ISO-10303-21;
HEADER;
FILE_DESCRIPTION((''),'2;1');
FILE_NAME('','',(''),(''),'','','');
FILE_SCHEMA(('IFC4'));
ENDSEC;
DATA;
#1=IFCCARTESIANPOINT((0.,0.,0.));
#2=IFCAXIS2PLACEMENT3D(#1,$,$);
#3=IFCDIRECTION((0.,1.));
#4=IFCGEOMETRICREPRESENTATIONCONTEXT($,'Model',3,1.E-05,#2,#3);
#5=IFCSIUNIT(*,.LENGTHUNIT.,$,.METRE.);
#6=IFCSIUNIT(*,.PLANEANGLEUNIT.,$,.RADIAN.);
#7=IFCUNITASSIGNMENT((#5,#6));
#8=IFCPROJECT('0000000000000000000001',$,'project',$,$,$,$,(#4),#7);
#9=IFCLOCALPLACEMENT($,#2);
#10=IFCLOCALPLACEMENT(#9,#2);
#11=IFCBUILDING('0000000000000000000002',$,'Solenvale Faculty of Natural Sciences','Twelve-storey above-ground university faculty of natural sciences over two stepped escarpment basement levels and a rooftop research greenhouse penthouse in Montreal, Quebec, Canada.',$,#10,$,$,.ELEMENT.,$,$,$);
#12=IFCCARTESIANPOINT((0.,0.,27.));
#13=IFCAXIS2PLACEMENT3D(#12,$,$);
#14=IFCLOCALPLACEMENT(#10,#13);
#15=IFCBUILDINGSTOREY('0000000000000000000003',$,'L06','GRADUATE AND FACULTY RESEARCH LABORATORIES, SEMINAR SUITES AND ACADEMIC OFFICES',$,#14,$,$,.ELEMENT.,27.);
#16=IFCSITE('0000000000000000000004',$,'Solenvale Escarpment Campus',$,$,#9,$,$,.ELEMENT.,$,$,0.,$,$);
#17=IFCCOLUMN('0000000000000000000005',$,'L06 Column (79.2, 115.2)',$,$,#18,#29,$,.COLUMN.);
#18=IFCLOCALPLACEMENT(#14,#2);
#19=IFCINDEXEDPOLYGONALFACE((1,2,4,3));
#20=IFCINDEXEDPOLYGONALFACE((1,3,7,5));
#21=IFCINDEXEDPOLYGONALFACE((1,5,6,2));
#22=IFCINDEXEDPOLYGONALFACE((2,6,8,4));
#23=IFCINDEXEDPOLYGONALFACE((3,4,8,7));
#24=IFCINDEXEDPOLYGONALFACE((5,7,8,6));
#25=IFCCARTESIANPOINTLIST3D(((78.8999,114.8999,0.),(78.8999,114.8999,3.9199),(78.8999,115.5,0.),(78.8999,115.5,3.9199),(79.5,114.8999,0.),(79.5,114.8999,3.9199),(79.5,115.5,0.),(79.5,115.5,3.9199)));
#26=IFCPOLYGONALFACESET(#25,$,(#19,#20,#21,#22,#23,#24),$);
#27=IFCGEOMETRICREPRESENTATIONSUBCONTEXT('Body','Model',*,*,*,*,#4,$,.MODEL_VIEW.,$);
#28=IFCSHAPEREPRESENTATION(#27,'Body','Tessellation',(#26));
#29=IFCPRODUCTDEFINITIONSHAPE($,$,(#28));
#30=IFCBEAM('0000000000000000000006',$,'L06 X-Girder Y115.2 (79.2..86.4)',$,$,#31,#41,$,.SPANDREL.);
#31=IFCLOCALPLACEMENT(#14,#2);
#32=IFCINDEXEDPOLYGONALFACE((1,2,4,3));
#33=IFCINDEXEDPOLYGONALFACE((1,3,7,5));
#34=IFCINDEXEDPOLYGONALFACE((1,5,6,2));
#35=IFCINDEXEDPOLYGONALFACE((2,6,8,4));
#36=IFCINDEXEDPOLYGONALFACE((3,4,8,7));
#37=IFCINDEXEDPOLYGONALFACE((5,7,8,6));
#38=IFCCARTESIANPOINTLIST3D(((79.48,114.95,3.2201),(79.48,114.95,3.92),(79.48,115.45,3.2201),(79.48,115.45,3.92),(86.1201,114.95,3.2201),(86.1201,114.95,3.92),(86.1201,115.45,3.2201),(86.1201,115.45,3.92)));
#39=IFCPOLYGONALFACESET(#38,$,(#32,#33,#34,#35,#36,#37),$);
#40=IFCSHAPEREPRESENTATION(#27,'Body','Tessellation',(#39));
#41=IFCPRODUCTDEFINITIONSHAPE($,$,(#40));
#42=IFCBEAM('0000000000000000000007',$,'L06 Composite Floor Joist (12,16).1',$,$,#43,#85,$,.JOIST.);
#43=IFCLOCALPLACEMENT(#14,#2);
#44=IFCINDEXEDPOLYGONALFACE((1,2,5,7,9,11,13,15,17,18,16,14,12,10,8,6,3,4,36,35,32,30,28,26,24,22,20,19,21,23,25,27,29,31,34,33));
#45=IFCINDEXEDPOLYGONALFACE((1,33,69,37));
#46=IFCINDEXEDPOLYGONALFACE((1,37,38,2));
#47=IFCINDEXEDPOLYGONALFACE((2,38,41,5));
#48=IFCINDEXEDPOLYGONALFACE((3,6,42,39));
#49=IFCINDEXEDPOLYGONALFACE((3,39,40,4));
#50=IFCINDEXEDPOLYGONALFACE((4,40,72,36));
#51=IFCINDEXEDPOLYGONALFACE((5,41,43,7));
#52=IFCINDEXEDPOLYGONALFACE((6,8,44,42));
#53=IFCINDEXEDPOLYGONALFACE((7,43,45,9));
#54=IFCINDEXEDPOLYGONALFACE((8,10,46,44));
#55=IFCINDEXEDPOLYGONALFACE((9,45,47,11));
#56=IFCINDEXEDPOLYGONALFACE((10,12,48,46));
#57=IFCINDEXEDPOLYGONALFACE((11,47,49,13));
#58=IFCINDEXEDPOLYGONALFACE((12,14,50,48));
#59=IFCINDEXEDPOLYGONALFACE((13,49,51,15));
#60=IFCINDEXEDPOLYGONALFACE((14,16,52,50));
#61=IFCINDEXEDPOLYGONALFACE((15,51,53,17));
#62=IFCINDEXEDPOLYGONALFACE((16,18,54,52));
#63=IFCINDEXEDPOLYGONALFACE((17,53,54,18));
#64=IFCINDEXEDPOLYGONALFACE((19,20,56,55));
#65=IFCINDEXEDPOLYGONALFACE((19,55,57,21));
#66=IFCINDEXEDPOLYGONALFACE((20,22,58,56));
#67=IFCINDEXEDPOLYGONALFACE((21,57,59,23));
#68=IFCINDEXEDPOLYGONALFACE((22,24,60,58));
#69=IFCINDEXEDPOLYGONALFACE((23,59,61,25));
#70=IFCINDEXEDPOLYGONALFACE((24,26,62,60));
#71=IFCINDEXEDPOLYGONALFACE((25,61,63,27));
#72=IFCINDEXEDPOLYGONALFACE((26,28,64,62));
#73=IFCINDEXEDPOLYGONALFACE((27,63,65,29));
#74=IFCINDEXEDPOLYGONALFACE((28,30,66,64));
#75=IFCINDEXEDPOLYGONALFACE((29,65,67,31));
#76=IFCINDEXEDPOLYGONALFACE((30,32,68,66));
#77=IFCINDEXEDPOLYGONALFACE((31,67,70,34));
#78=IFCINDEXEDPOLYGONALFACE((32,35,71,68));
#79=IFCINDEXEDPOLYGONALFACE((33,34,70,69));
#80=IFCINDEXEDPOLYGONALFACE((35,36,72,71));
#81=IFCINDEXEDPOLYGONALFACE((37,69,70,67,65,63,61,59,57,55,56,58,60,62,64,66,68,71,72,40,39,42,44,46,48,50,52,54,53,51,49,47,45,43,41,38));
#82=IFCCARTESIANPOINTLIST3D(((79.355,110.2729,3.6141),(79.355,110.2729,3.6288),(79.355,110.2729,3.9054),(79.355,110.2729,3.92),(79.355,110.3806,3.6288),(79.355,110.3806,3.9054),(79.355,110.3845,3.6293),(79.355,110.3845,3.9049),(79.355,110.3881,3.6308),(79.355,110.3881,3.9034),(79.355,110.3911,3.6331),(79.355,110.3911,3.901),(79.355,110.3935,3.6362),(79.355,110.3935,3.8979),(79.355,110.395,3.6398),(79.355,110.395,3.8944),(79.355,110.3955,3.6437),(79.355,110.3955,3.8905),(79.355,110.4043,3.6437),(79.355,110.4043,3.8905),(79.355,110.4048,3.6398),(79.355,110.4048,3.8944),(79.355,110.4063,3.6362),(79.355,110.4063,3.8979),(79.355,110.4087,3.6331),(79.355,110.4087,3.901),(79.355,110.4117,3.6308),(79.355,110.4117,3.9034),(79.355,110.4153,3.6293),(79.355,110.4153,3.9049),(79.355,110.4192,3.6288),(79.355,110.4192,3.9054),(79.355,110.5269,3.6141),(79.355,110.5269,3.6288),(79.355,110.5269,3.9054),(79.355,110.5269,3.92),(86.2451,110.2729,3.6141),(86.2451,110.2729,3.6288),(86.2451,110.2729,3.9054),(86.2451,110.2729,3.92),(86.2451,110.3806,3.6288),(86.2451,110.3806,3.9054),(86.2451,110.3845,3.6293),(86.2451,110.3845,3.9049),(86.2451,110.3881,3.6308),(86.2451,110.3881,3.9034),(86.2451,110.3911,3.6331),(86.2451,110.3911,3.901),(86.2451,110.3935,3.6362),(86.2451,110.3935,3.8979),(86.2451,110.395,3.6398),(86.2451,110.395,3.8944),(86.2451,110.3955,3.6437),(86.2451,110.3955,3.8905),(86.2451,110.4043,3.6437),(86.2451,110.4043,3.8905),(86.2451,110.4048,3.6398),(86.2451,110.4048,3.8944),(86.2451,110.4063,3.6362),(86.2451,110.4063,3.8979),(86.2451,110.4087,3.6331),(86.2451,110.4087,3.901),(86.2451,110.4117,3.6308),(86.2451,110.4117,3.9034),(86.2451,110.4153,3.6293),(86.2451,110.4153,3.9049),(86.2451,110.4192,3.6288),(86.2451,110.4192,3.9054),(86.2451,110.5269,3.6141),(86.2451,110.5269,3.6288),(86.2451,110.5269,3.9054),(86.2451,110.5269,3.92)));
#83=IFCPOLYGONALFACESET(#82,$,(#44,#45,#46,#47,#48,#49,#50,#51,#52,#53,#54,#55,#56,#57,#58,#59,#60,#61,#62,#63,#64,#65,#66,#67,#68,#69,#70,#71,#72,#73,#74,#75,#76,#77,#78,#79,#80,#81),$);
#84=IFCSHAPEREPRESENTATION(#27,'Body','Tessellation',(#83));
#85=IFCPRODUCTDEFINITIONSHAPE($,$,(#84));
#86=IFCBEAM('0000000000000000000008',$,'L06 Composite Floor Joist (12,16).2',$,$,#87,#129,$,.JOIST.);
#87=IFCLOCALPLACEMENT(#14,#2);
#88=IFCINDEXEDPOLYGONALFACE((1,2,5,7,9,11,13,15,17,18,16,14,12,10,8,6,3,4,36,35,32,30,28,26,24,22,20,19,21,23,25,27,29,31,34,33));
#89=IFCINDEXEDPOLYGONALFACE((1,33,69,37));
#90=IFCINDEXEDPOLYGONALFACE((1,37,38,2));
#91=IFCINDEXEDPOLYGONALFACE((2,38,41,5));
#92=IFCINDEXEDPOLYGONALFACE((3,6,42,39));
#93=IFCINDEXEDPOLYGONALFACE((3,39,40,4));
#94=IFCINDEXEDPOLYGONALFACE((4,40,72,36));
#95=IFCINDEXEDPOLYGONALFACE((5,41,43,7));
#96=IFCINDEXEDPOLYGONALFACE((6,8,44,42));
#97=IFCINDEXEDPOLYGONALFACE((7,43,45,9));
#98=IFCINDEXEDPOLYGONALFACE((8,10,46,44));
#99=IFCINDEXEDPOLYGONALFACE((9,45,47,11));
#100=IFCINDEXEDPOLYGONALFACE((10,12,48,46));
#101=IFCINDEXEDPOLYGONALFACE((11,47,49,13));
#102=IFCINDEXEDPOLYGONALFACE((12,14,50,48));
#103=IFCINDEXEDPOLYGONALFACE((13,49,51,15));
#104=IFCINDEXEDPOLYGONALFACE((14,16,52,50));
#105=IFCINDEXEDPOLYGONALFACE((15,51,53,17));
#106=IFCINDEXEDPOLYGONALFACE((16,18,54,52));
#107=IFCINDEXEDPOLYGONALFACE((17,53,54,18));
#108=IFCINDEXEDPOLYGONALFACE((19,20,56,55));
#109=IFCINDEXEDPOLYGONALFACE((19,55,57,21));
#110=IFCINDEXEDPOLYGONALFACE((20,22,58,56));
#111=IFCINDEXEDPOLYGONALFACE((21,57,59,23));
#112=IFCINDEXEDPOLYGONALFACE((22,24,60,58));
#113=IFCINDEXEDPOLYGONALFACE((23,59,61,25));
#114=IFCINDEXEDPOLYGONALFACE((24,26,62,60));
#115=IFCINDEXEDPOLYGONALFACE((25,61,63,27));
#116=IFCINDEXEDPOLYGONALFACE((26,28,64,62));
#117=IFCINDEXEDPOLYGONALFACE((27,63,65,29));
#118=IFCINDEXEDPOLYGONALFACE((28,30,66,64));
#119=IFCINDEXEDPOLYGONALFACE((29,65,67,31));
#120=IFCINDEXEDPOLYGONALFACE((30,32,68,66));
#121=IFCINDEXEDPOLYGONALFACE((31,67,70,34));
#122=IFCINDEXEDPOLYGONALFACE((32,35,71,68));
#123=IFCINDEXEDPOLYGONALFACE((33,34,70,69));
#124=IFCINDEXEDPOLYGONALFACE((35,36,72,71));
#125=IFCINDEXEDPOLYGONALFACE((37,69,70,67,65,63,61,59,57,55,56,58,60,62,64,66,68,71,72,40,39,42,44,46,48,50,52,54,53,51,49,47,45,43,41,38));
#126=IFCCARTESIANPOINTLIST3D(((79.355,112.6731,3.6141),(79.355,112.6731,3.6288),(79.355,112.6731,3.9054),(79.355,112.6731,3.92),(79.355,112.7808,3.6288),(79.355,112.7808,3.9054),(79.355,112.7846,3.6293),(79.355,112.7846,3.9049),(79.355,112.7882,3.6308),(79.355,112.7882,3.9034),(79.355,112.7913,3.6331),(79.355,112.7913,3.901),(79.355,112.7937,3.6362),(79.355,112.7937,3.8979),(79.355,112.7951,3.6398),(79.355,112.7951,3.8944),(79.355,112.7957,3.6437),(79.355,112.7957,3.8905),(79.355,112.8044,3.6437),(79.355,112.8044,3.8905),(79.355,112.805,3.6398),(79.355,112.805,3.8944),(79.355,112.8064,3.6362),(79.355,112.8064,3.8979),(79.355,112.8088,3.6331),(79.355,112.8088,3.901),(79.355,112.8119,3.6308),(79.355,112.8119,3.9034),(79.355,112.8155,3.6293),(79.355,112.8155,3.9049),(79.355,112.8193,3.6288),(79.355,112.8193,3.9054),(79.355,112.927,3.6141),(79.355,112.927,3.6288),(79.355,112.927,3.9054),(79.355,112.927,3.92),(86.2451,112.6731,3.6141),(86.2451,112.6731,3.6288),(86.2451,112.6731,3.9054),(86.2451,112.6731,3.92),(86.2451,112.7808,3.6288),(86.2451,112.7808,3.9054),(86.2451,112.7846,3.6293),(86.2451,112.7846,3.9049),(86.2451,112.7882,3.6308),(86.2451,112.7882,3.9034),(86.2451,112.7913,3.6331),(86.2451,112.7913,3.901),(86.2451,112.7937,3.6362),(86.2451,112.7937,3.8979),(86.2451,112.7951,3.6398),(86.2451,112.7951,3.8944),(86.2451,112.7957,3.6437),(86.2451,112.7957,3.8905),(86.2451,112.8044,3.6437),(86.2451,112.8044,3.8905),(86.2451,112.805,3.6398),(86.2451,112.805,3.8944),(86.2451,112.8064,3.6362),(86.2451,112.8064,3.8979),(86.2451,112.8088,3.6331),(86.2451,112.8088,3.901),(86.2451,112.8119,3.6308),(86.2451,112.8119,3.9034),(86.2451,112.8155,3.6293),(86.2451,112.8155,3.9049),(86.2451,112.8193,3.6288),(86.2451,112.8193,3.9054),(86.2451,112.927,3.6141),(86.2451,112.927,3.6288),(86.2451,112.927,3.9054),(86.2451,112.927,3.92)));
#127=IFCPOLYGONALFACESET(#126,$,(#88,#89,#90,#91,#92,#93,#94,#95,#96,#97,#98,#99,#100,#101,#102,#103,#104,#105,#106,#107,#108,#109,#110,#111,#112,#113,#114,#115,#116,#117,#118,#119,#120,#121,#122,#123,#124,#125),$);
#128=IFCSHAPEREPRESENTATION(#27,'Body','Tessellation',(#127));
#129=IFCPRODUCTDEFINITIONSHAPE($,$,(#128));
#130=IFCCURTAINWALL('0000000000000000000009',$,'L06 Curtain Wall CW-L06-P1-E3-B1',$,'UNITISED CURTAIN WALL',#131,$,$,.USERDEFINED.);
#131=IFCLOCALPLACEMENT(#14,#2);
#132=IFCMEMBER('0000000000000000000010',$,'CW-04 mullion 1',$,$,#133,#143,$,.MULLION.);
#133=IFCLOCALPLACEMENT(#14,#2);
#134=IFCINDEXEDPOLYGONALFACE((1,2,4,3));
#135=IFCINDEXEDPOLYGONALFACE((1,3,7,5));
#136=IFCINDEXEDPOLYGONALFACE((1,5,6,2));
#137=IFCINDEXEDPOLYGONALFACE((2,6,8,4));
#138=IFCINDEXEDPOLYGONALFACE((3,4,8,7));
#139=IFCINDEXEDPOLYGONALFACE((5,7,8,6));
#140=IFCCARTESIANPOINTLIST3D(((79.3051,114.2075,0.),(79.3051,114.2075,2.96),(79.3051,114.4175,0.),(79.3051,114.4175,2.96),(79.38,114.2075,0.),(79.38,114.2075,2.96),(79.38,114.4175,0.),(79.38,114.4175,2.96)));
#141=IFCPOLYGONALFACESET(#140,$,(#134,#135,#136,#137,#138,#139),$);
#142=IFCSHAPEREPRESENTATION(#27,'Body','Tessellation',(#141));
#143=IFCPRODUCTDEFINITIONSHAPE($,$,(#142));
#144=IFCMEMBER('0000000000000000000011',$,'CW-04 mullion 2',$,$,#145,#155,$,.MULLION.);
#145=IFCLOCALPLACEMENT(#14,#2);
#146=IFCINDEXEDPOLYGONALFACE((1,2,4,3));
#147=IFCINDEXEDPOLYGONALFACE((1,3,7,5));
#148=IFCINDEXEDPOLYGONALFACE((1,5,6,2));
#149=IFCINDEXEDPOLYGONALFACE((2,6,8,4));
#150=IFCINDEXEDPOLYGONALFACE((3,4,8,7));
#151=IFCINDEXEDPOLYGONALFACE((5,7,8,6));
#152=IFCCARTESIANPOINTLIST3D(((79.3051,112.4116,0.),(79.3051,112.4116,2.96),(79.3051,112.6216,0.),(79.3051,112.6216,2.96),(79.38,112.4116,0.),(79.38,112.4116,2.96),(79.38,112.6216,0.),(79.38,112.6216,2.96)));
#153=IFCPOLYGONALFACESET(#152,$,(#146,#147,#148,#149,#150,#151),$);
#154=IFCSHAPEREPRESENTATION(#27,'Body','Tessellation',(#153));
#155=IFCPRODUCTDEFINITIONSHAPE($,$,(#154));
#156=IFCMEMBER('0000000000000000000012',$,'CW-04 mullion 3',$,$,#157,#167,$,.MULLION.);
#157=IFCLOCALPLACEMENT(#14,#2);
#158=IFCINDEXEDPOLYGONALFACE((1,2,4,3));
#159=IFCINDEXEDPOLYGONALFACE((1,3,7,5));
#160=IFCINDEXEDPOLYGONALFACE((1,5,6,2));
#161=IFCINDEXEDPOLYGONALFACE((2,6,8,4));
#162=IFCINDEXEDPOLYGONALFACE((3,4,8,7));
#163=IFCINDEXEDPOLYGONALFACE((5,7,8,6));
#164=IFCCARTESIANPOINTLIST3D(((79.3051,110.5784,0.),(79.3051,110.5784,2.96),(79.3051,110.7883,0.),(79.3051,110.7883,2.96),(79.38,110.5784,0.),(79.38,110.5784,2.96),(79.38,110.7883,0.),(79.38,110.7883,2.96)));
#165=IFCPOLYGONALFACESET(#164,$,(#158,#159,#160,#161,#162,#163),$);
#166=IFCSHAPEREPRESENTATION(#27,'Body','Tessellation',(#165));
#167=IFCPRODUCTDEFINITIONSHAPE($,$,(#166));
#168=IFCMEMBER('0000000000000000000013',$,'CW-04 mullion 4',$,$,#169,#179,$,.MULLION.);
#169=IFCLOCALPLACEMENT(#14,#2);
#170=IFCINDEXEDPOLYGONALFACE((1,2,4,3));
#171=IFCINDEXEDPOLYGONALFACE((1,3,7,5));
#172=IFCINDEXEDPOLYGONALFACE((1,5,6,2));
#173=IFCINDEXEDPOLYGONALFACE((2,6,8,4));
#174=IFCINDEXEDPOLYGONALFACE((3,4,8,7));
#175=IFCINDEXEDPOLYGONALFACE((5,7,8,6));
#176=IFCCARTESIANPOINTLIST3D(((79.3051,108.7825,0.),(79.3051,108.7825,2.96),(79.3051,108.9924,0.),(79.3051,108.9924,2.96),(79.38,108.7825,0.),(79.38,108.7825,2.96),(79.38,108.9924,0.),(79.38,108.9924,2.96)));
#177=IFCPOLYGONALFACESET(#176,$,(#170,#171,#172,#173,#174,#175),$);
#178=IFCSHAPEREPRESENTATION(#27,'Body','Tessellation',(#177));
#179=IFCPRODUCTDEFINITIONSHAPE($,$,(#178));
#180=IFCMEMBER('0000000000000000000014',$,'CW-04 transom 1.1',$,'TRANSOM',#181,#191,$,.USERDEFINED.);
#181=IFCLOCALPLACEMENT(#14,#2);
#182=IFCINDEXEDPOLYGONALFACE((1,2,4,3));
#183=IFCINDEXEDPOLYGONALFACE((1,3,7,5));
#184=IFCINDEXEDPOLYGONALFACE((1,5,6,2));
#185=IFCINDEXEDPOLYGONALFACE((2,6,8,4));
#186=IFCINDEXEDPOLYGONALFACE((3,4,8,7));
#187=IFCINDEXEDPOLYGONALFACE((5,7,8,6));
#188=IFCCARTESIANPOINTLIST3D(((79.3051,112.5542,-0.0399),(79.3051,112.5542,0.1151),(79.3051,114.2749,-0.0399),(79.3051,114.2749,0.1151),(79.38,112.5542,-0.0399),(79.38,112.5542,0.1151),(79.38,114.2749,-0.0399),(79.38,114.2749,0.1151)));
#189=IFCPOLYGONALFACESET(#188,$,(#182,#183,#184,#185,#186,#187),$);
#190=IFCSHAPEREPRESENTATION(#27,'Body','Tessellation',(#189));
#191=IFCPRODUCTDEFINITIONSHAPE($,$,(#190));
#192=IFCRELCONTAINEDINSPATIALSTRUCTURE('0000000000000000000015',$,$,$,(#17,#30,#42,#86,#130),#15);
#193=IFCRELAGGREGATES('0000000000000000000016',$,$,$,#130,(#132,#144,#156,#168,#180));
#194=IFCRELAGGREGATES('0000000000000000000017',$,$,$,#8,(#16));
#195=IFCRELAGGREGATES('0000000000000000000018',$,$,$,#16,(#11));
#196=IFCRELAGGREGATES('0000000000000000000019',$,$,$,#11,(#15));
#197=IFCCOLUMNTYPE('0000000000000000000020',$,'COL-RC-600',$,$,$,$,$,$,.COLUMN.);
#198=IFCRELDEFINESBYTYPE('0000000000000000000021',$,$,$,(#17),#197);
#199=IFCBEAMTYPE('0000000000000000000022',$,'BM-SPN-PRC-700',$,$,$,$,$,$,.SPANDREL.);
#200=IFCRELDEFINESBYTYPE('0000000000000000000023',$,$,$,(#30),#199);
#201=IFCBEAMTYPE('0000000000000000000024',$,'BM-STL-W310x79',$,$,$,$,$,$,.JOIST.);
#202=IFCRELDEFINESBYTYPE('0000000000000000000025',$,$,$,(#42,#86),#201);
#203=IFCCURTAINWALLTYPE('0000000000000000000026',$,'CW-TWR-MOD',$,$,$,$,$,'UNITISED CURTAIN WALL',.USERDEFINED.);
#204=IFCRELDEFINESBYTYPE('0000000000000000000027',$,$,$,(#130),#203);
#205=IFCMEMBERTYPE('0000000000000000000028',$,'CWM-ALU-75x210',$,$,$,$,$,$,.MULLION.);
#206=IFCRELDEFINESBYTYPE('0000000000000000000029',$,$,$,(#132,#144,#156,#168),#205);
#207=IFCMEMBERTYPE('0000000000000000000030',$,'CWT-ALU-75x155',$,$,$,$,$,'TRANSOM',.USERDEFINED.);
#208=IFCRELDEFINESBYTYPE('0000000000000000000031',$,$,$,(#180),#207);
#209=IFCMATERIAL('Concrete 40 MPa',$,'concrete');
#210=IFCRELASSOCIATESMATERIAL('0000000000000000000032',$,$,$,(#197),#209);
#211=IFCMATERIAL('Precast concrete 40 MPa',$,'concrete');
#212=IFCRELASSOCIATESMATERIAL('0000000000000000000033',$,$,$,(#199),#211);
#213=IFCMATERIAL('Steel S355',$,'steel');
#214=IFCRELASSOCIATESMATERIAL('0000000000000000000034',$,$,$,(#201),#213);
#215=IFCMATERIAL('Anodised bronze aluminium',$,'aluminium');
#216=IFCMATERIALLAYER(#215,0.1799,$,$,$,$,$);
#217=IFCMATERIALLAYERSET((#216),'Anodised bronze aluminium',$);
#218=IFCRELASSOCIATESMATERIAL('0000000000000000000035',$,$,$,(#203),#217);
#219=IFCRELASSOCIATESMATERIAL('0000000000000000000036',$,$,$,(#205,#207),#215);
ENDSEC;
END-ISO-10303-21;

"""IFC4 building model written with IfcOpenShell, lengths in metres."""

from ifc_helpers import new_model, si_unit, direction, frame, origin, origin_2d, place, context, subcontext, project, spatial, rectangle, i_section, extrude, material, layer, layer_set, material_profile, profile_set, type_object, element, aggregate, save


model = new_model("IFC4")

# Units and contexts
model_context = context("Model", 3, precision=1e-05, world=origin(), true_north=direction((0.0, 1.0)))
body_context = subcontext(model_context, "Body", "Model", "MODEL_VIEW")
ifc_project = project(units=[si_unit("LENGTHUNIT", "METRE"), si_unit("PLANEANGLEUNIT", "RADIAN")], contexts=[model_context])

# Site, building, storey
site_placement = place(None, origin())
site = spatial("IfcSite", under=ifc_project, at=site_placement, Name="Solenvale Escarpment Campus", CompositionType="ELEMENT", RefElevation=0.0)
building_placement = place(site_placement, origin())
building = spatial("IfcBuilding", under=site, at=building_placement, Name="Solenvale Faculty of Natural Sciences", Description="Twelve-storey above-ground university faculty of natural sciences over two stepped escarpment basement levels and a rooftop research greenhouse penthouse in Montreal, Quebec, Canada.", CompositionType="ELEMENT")
storey_placement = place(building_placement, frame((0.0, 0.0, 27.0)))
storey = spatial("IfcBuildingStorey", under=building, at=storey_placement, Name="L06", Description="GRADUATE AND FACULTY RESEARCH LABORATORIES, SEMINAR SUITES AND ACADEMIC OFFICES", CompositionType="ELEMENT", Elevation=27.0)

# Column
ifc_material_1 = material(Name="Concrete 40 MPa", Category="concrete")
ifc_material_profile_1 = material_profile(ifc_material_1, rectangle(XDim=0.6001, YDim=0.6001, at=origin_2d()), Name="RC-COL-600x600")
ifc_profile_set_1 = profile_set([ifc_material_profile_1], Name="Concrete 40 MPa")
column_type = type_object("IfcColumnType", Name="COL-RC-600", PredefinedType="COLUMN", material=ifc_profile_set_1)
column_placement = place(storey_placement, frame((79.2, 115.2, 0.0), z_axis=(0.0, 0.0, 1.0), x_axis=(1.0, 0.0, 0.0)))
element("IfcColumn", 1, at=column_placement, inside=storey, type_object=column_type, Name="L06 Column (79.2, 115.2)", PredefinedType="COLUMN", context=body_context, shape_type="SweptSolid", body=[
    extrude(rectangle(XDim=0.6001, YDim=0.6001, at=origin_2d()), origin(), (0.0, 0.0, 1.0), 3.9199),
])

# Beams
ifc_material_2 = material(Name="Precast concrete 40 MPa", Category="concrete")
ifc_material_profile_2 = material_profile(ifc_material_2, rectangle(XDim=0.5, YDim=0.7, at=origin_2d()), Name="RC-BM-500x700")
ifc_profile_set_2 = profile_set([ifc_material_profile_2], Name="Precast concrete 40 MPa")
beam_type_1 = type_object("IfcBeamType", Name="BM-SPN-PRC-700", PredefinedType="SPANDREL", material=ifc_profile_set_2)
beam_placement = place(storey_placement, frame((79.48, 115.2, 3.5701), z_axis=(1.0, 0.0, 0.0), x_axis=(0.0, 1.0, 0.0)))
element("IfcBeam", 2, at=beam_placement, inside=storey, type_object=beam_type_1, Name="L06 X-Girder Y115.2 (79.2..86.4)", PredefinedType="SPANDREL", context=body_context, shape_type="SweptSolid", body=[
    extrude(rectangle(XDim=0.5, YDim=0.7, at=origin_2d()), origin(), (0.0, 0.0, 1.0), 6.6401),
])
ifc_material_3 = material(Name="Steel S355", Category="steel")
ifc_material_profile_3 = material_profile(ifc_material_3, i_section(OverallWidth=0.2539, OverallDepth=0.3059, WebThickness=0.0088, FlangeThickness=0.0146, FilletRadius=0.0149, at=origin_2d()), Name="W310x79")
ifc_profile_set_3 = profile_set([ifc_material_profile_3], Name="Steel S355")
beam_type_2 = type_object("IfcBeamType", Name="BM-STL-W310x79", PredefinedType="JOIST", material=ifc_profile_set_3)
for number, where, z_axis, x_axis, name in (
    (3, (79.355, 110.3999, 3.7671), (1.0, 0.0, 0.0), (0.0, 1.0, 0.0), "L06 Composite Floor Joist (12,16).1"),
    (4, (79.355, 112.8, 3.7671), (1.0, 0.0, 0.0), (0.0, 1.0, 0.0), "L06 Composite Floor Joist (12,16).2"),
):
    element("IfcBeam", number, at=place(storey_placement, frame(where, z_axis=z_axis, x_axis=x_axis)), inside=storey, type_object=beam_type_2, Name=name, PredefinedType="JOIST", context=body_context, shape_type="SweptSolid", body=[
        extrude(i_section(OverallWidth=0.2539, OverallDepth=0.3059, WebThickness=0.0088, FlangeThickness=0.0146, FilletRadius=0.0149, at=origin_2d()), origin(), (0.0, 0.0, 1.0), 6.8901),
    ])

# Curtain wall, members
ifc_material_4 = material(Name="Anodised bronze aluminium", Category="aluminium")
ifc_layer_1 = layer(ifc_material_4, 0.1799)
ifc_layer_set_1 = layer_set([ifc_layer_1], Name="Anodised bronze aluminium")
curtain_wall_type = type_object("IfcCurtainWallType", Name="CW-TWR-MOD", ElementType="UNITISED CURTAIN WALL", PredefinedType="USERDEFINED", material=ifc_layer_set_1)
curtain_wall_placement = place(storey_placement, origin())
curtain_wall = element("IfcCurtainWall", 5, at=curtain_wall_placement, inside=storey, type_object=curtain_wall_type, Name="L06 Curtain Wall CW-L06-P1-E3-B1", ObjectType="UNITISED CURTAIN WALL", PredefinedType="USERDEFINED")
ifc_material_profile_4 = material_profile(ifc_material_4, rectangle(XDim=0.075, YDim=0.21, at=origin_2d()), Name="ALU-MUL-75x210")
ifc_profile_set_4 = profile_set([ifc_material_profile_4], Name="Anodised bronze aluminium")
member_type_1 = type_object("IfcMemberType", Name="CWM-ALU-75x210", PredefinedType="MULLION", material=ifc_profile_set_4)
member_1_placement = place(storey_placement, frame((79.3425, 114.3125, 0.0), z_axis=(0.0, 0.0, 1.0), x_axis=(1.0, 0.0, 0.0)))
member_1 = element("IfcMember", 6, at=member_1_placement, type_object=member_type_1, Name="CW-04 mullion 1", PredefinedType="MULLION", context=body_context, shape_type="SweptSolid", body=[
    extrude(rectangle(XDim=0.075, YDim=0.21, at=origin_2d()), origin(), (0.0, 0.0, 1.0), 2.96),
])
member_2_placement = place(storey_placement, frame((79.3425, 112.5166, 0.0), z_axis=(0.0, 0.0, 1.0), x_axis=(1.0, 0.0, 0.0)))
member_2 = element("IfcMember", 7, at=member_2_placement, type_object=member_type_1, Name="CW-04 mullion 2", PredefinedType="MULLION", context=body_context, shape_type="SweptSolid", body=[
    extrude(rectangle(XDim=0.075, YDim=0.21, at=origin_2d()), origin(), (0.0, 0.0, 1.0), 2.96),
])
member_3_placement = place(storey_placement, frame((79.3425, 110.6833, 0.0), z_axis=(0.0, 0.0, 1.0), x_axis=(1.0, 0.0, 0.0)))
member_3 = element("IfcMember", 8, at=member_3_placement, type_object=member_type_1, Name="CW-04 mullion 3", PredefinedType="MULLION", context=body_context, shape_type="SweptSolid", body=[
    extrude(rectangle(XDim=0.075, YDim=0.21, at=origin_2d()), origin(), (0.0, 0.0, 1.0), 2.96),
])
member_4_placement = place(storey_placement, frame((79.3425, 108.8875, 0.0), z_axis=(0.0, 0.0, 1.0), x_axis=(1.0, 0.0, 0.0)))
member_4 = element("IfcMember", 9, at=member_4_placement, type_object=member_type_1, Name="CW-04 mullion 4", PredefinedType="MULLION", context=body_context, shape_type="SweptSolid", body=[
    extrude(rectangle(XDim=0.075, YDim=0.21, at=origin_2d()), origin(), (0.0, 0.0, 1.0), 2.96),
])
ifc_material_profile_5 = material_profile(ifc_material_4, rectangle(XDim=0.075, YDim=0.155, at=origin_2d()), Name="ALU-TRN-75x155")
ifc_profile_set_5 = profile_set([ifc_material_profile_5], Name="Anodised bronze aluminium")
member_type_2 = type_object("IfcMemberType", Name="CWT-ALU-75x155", ElementType="TRANSOM", PredefinedType="USERDEFINED", material=ifc_profile_set_5)
member_5_placement = place(storey_placement, frame((79.3425, 114.2749, 0.0376), z_axis=(0.0, -1.0, 0.0), x_axis=(1.0, 0.0, 0.0)))
member_5 = element("IfcMember", 10, at=member_5_placement, type_object=member_type_2, Name="CW-04 transom 1.1", ObjectType="TRANSOM", PredefinedType="USERDEFINED", context=body_context, shape_type="SweptSolid", body=[
    extrude(rectangle(XDim=0.075, YDim=0.155, at=origin_2d()), origin(), (0.0, 0.0, 1.0), 1.7207),
])
aggregate(curtain_wall, [member_1, member_2, member_3, member_4, member_5])

save(model, "model.ifc")
